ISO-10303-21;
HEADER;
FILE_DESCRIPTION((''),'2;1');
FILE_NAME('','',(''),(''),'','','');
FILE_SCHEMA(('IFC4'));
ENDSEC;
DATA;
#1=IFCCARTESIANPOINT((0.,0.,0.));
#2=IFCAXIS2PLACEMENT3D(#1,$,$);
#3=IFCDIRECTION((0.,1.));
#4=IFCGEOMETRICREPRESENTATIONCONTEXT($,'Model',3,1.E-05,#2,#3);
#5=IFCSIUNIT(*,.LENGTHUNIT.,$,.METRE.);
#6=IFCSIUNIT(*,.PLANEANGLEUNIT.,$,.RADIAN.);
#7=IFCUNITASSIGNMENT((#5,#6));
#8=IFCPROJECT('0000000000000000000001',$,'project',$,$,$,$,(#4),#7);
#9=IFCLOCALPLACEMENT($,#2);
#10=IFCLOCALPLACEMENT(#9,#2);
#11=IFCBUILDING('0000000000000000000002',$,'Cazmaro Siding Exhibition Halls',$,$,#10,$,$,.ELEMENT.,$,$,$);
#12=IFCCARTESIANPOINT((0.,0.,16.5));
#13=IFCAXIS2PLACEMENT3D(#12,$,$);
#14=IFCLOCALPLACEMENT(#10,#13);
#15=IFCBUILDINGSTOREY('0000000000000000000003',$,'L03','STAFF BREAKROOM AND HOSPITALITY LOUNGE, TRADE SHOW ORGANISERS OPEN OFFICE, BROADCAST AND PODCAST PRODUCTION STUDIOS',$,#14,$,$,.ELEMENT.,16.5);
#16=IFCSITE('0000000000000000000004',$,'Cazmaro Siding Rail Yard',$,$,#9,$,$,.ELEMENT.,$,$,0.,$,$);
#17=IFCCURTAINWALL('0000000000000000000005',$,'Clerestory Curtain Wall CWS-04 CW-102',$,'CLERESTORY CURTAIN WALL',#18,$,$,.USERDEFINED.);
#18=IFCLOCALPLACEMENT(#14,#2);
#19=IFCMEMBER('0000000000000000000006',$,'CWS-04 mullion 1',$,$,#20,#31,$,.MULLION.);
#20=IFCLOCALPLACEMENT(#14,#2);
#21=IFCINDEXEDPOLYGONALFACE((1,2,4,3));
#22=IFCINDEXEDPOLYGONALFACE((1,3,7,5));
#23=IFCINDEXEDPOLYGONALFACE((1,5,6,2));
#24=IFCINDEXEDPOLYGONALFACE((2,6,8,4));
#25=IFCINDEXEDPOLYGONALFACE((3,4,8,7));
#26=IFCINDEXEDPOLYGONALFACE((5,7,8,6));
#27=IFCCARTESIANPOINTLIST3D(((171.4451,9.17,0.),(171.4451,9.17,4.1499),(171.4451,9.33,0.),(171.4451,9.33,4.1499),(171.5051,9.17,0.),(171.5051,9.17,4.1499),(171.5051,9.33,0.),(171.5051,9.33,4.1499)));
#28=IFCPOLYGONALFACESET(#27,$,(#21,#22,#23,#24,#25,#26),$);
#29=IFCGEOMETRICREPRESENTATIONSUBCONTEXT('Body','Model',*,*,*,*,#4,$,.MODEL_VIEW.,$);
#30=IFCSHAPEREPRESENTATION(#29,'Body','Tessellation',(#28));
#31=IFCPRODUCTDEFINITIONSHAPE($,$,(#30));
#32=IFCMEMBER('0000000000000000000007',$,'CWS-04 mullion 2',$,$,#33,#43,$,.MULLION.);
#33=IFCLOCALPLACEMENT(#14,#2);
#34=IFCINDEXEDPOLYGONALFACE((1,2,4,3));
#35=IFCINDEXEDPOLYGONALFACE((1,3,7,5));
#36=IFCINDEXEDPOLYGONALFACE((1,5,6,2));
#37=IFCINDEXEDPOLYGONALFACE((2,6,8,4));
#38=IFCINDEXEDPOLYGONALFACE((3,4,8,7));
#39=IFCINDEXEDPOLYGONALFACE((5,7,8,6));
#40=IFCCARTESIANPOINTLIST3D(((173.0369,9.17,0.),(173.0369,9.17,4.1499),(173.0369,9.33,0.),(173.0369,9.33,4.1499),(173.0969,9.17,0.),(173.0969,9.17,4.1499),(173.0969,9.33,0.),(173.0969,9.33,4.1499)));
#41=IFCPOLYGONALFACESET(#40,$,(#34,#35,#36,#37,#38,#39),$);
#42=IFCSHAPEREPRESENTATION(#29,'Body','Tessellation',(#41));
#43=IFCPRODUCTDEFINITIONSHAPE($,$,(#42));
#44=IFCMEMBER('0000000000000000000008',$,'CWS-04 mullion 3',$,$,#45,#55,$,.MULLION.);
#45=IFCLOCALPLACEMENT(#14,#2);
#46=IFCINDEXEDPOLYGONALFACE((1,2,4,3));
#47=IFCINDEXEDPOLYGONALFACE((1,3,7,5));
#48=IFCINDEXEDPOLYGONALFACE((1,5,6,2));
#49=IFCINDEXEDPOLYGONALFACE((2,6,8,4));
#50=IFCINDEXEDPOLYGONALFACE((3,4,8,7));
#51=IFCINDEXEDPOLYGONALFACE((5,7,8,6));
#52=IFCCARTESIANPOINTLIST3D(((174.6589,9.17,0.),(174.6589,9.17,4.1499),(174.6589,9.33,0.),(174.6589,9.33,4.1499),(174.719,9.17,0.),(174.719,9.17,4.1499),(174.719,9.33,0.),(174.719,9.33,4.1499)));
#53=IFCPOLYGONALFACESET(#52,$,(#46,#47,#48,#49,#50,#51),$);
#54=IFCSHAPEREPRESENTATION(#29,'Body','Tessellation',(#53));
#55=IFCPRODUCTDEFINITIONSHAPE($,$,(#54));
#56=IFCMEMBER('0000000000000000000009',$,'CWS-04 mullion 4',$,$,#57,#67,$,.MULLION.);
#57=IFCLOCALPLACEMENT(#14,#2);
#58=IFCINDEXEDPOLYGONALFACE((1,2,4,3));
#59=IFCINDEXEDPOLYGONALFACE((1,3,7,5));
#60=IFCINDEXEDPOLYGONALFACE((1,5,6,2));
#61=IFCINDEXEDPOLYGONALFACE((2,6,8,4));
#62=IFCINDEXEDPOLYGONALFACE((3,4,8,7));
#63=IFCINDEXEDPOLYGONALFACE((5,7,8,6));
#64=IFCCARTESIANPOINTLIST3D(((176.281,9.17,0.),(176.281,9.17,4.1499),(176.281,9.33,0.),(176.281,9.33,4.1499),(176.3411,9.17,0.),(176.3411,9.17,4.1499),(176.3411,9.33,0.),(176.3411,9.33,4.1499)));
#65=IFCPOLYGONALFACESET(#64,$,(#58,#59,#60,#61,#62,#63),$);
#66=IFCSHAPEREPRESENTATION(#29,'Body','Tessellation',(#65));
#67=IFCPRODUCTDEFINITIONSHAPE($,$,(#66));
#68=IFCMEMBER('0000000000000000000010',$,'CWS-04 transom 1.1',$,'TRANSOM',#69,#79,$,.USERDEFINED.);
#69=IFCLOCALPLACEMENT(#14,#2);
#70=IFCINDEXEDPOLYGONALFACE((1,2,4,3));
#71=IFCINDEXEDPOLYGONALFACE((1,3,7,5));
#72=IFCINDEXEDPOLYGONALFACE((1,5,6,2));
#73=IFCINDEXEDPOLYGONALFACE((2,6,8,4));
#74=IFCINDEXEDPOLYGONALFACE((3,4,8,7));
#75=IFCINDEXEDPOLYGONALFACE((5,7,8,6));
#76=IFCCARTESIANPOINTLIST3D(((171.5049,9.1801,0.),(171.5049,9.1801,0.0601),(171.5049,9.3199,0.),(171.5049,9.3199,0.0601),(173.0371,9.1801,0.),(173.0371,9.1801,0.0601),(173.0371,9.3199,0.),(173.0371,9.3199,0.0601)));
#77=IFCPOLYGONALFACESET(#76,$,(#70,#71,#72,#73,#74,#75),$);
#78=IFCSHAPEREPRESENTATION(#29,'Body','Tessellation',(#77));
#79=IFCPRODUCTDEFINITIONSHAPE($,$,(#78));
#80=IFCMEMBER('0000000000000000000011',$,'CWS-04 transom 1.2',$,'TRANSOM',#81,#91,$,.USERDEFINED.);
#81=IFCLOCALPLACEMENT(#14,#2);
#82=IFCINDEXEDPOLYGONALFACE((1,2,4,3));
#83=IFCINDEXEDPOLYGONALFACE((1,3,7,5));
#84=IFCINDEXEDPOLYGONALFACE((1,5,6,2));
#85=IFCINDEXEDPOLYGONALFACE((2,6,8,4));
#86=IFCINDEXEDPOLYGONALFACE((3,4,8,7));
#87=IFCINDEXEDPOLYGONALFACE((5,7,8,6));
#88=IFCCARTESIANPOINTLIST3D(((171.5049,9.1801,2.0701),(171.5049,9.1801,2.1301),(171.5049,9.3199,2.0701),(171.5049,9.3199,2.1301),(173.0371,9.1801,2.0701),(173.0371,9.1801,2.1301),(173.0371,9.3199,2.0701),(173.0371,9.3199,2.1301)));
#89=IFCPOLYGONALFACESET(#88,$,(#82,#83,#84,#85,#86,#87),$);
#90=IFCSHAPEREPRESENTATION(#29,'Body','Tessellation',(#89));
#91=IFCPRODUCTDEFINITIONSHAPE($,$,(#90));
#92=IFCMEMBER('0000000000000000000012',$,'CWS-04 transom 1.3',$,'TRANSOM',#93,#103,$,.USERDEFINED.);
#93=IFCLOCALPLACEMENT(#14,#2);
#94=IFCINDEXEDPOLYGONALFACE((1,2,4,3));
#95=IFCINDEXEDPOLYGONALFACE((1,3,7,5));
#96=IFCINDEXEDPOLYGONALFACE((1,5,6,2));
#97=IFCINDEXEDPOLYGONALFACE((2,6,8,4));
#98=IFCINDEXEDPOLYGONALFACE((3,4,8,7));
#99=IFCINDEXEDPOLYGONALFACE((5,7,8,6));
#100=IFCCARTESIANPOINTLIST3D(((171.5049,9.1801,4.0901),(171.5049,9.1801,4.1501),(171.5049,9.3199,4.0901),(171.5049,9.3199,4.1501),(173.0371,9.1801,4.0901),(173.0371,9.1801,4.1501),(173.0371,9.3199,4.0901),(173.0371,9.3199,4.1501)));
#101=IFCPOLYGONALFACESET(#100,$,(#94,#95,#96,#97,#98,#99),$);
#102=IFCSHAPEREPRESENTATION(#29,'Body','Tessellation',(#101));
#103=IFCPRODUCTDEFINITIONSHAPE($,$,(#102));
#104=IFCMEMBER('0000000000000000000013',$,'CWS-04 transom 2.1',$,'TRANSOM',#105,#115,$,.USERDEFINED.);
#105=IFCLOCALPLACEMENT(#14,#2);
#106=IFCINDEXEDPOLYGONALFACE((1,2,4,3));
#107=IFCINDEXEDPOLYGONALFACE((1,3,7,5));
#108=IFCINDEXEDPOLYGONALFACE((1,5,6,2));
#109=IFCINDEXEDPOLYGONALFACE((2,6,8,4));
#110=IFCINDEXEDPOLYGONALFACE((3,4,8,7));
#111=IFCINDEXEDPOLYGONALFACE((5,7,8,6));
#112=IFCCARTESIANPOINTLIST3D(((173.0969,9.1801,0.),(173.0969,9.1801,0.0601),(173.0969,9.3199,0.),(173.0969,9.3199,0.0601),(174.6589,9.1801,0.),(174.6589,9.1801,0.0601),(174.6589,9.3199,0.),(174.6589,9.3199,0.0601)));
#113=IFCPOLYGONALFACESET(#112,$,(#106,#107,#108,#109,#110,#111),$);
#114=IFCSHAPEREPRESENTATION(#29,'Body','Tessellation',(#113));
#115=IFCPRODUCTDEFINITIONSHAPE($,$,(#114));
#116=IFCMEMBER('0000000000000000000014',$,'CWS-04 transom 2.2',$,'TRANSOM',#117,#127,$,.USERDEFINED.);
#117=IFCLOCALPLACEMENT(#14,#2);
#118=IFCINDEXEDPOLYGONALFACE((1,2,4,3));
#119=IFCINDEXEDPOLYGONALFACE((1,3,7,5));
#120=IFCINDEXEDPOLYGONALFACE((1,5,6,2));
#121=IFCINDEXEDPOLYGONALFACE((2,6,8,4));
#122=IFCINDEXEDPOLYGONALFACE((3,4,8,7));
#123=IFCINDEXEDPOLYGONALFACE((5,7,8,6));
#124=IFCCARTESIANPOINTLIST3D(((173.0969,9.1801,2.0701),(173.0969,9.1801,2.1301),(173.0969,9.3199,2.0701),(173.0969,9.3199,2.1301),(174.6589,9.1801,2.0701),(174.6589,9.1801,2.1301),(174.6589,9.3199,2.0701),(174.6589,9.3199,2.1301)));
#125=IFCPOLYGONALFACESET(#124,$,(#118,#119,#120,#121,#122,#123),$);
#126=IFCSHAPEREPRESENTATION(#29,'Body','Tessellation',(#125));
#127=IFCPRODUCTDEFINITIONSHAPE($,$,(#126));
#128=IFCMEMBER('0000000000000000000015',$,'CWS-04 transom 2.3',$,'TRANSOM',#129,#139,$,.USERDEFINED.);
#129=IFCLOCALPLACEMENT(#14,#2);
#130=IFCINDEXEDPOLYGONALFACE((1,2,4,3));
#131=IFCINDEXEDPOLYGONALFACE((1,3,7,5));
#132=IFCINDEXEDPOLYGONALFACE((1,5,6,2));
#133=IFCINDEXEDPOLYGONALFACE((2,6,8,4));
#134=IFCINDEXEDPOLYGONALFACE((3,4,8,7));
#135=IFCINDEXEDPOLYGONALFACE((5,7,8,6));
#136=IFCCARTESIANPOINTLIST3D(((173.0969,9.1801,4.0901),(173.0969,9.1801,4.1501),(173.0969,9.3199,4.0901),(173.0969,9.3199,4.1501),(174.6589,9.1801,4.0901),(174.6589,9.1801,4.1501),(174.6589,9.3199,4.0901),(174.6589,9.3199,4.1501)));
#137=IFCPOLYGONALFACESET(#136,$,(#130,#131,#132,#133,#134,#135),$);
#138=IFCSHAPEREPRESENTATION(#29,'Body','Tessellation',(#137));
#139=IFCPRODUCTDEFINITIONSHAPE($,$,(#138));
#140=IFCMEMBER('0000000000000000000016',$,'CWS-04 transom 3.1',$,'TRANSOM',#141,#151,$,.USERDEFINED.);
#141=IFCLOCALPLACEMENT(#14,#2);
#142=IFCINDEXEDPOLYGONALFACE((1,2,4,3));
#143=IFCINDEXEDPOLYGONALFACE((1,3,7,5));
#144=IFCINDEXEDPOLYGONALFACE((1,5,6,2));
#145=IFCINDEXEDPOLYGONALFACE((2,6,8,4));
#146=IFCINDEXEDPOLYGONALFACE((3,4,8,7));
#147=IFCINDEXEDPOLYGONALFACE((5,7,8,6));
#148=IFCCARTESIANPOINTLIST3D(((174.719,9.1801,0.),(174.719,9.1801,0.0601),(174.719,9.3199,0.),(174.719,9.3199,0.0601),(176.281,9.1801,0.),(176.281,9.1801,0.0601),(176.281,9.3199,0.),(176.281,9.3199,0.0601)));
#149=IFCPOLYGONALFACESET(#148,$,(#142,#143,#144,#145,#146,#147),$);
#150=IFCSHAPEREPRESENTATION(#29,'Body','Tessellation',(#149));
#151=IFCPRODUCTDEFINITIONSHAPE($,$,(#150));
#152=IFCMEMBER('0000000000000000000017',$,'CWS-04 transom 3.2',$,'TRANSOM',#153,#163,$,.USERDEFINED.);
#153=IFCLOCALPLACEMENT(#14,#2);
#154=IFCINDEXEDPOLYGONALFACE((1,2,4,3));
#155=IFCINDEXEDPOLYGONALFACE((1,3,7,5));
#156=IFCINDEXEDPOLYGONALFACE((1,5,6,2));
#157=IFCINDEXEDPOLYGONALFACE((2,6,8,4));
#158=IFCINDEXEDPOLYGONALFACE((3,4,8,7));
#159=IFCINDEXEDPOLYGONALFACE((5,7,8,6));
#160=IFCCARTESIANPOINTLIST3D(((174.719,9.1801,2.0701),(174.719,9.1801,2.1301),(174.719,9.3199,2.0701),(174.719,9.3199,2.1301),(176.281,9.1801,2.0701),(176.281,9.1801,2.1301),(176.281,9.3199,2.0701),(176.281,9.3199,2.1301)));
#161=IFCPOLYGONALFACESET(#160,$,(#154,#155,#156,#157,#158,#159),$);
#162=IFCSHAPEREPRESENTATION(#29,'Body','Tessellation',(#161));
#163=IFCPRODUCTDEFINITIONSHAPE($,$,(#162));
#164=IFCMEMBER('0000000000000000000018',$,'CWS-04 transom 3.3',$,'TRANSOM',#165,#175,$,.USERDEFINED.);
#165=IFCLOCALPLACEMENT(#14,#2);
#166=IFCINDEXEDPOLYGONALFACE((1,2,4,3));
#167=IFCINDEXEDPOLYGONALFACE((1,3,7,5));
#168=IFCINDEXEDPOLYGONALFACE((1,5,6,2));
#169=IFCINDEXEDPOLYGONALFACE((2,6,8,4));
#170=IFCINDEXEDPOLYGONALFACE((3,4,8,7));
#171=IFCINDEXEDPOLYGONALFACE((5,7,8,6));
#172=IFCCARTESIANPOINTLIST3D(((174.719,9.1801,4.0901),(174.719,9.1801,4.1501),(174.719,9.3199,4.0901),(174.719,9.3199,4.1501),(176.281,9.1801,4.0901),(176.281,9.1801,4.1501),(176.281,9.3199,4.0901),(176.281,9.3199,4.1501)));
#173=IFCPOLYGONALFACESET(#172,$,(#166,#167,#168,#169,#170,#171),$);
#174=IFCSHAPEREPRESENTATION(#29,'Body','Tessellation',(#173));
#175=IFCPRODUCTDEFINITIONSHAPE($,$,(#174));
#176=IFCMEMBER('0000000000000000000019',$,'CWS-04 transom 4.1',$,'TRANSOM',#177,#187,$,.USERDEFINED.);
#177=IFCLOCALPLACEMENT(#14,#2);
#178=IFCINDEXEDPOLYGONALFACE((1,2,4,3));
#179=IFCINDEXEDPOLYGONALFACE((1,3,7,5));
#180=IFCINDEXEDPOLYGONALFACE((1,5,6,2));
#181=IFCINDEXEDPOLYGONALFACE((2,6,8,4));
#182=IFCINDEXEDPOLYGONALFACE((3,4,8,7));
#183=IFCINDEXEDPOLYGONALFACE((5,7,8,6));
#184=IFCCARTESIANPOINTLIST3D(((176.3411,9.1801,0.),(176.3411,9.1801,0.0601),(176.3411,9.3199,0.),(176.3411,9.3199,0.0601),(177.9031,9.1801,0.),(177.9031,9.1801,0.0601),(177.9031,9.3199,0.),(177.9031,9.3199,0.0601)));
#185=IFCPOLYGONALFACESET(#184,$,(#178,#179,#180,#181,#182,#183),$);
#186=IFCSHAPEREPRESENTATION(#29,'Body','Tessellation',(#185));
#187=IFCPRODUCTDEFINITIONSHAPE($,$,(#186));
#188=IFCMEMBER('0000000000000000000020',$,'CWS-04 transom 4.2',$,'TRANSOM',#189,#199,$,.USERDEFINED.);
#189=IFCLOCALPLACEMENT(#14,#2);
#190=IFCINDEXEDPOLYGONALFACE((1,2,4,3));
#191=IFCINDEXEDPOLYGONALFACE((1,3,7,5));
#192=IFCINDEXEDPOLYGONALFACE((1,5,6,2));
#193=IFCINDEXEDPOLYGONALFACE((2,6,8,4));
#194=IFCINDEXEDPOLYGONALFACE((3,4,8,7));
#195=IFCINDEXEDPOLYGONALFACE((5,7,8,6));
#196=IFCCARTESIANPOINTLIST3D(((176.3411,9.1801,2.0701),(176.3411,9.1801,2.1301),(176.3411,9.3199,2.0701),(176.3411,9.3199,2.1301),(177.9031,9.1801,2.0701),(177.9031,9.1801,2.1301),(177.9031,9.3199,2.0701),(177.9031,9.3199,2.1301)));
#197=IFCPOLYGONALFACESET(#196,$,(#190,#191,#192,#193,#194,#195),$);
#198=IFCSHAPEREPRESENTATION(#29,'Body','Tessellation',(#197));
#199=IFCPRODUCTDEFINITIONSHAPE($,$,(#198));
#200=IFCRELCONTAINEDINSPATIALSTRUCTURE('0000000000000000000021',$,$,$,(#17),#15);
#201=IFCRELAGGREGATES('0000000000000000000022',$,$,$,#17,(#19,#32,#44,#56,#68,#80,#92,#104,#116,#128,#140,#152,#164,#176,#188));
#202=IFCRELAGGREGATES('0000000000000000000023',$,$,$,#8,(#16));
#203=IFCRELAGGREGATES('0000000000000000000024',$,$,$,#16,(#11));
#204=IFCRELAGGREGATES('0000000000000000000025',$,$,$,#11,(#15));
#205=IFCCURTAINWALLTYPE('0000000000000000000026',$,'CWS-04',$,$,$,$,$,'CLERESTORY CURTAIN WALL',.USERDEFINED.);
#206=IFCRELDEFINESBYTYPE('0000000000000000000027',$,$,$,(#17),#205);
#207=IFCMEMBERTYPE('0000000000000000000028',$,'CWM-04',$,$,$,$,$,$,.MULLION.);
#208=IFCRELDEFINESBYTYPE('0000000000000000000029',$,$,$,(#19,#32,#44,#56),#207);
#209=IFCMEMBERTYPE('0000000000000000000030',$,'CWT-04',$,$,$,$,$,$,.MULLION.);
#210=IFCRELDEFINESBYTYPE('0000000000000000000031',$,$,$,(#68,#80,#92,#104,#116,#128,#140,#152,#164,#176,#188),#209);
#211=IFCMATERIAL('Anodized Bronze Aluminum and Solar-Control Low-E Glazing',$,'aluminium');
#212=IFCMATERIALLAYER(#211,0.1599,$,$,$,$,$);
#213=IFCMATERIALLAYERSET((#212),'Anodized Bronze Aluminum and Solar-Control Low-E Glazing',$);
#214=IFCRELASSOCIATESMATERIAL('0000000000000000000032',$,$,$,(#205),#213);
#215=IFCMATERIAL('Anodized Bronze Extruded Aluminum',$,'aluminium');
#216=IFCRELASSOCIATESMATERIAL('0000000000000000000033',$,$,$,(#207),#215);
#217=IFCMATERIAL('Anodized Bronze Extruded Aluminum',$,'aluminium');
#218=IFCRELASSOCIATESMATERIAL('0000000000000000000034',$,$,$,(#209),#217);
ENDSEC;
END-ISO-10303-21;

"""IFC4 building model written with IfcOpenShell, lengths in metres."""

from ifc_helpers import new_model, si_unit, direction, frame, origin, origin_2d, place, context, subcontext, project, spatial, rectangle, extrude, material, layer, layer_set, material_profile, profile_set, type_object, element, aggregate, save


model = new_model("IFC4")

# Units and contexts
model_context = context("Model", 3, precision=1e-05, world=origin(), true_north=direction((0.0, 1.0)))
body_context = subcontext(model_context, "Body", "Model", "MODEL_VIEW")
ifc_project = project(units=[si_unit("LENGTHUNIT", "METRE"), si_unit("PLANEANGLEUNIT", "RADIAN")], contexts=[model_context])

# Site, building, storey
site_placement = place(None, origin())
site = spatial("IfcSite", under=ifc_project, at=site_placement, Name="Cazmaro Siding Rail Yard", CompositionType="ELEMENT", RefElevation=0.0)
building_placement = place(site_placement, origin())
building = spatial("IfcBuilding", under=site, at=building_placement, Name="Cazmaro Siding Exhibition Halls", CompositionType="ELEMENT")
storey_placement = place(building_placement, frame((0.0, 0.0, 16.5)))
storey = spatial("IfcBuildingStorey", under=building, at=storey_placement, Name="L03", Description="STAFF BREAKROOM AND HOSPITALITY LOUNGE, TRADE SHOW ORGANISERS OPEN OFFICE, BROADCAST AND PODCAST PRODUCTION STUDIOS", CompositionType="ELEMENT", Elevation=16.5)

# Curtain wall, members
ifc_material_1 = material(Name="Anodized Bronze Aluminum and Solar-Control Low-E Glazing", Category="aluminium")
ifc_layer_1 = layer(ifc_material_1, 0.1599)
ifc_layer_set_1 = layer_set([ifc_layer_1], Name="Anodized Bronze Aluminum and Solar-Control Low-E Glazing")
curtain_wall_type = type_object("IfcCurtainWallType", Name="CWS-04", ElementType="CLERESTORY CURTAIN WALL", PredefinedType="USERDEFINED", material=ifc_layer_set_1)
curtain_wall_placement = place(storey_placement, origin())
curtain_wall = element("IfcCurtainWall", 1, at=curtain_wall_placement, inside=storey, type_object=curtain_wall_type, Name="Clerestory Curtain Wall CWS-04 CW-102", ObjectType="CLERESTORY CURTAIN WALL", PredefinedType="USERDEFINED")
ifc_material_2 = material(Name="Anodized Bronze Extruded Aluminum", Category="aluminium")
ifc_material_profile_1 = material_profile(ifc_material_2, rectangle(XDim=0.1599, YDim=0.0601, at=origin_2d()), Name="CWM-04")
ifc_profile_set_1 = profile_set([ifc_material_profile_1], Name="Anodized Bronze Extruded Aluminum")
member_type_1 = type_object("IfcMemberType", Name="CWM-04", PredefinedType="MULLION", material=ifc_profile_set_1)
member_1_placement = place(storey_placement, frame((171.4751, 9.25, 0.0), z_axis=(0.0, 0.0, 1.0), x_axis=(0.0, 1.0, 0.0)))
member_1 = element("IfcMember", 2, at=member_1_placement, type_object=member_type_1, Name="CWS-04 mullion 1", PredefinedType="MULLION", context=body_context, shape_type="SweptSolid", body=[
    extrude(rectangle(XDim=0.1599, YDim=0.0601, at=origin_2d()), origin(), (0.0, 0.0, 1.0), 4.1499),
])
member_2_placement = place(storey_placement, frame((173.0669, 9.25, 0.0), z_axis=(0.0, 0.0, 1.0), x_axis=(0.0, 1.0, 0.0)))
member_2 = element("IfcMember", 3, at=member_2_placement, type_object=member_type_1, Name="CWS-04 mullion 2", PredefinedType="MULLION", context=body_context, shape_type="SweptSolid", body=[
    extrude(rectangle(XDim=0.1599, YDim=0.0601, at=origin_2d()), origin(), (0.0, 0.0, 1.0), 4.1499),
])
member_3_placement = place(storey_placement, frame((174.689, 9.25, 0.0), z_axis=(0.0, 0.0, 1.0), x_axis=(0.0, 1.0, 0.0)))
member_3 = element("IfcMember", 4, at=member_3_placement, type_object=member_type_1, Name="CWS-04 mullion 3", PredefinedType="MULLION", context=body_context, shape_type="SweptSolid", body=[
    extrude(rectangle(XDim=0.1599, YDim=0.0601, at=origin_2d()), origin(), (0.0, 0.0, 1.0), 4.1499),
])
member_4_placement = place(storey_placement, frame((176.311, 9.25, 0.0), z_axis=(0.0, 0.0, 1.0), x_axis=(0.0, 1.0, 0.0)))
member_4 = element("IfcMember", 5, at=member_4_placement, type_object=member_type_1, Name="CWS-04 mullion 4", PredefinedType="MULLION", context=body_context, shape_type="SweptSolid", body=[
    extrude(rectangle(XDim=0.1599, YDim=0.0601, at=origin_2d()), origin(), (0.0, 0.0, 1.0), 4.1499),
])
ifc_material_3 = material(Name="Anodized Bronze Extruded Aluminum", Category="aluminium")
ifc_material_profile_2 = material_profile(ifc_material_3, rectangle(XDim=0.1399, YDim=0.0601, at=origin_2d()), Name="CWT-04")
ifc_profile_set_2 = profile_set([ifc_material_profile_2], Name="Anodized Bronze Extruded Aluminum")
member_type_2 = type_object("IfcMemberType", Name="CWT-04", PredefinedType="MULLION", material=ifc_profile_set_2)
member_5_placement = place(storey_placement, frame((171.5049, 9.25, 0.03), z_axis=(1.0, 0.0, 0.0), x_axis=(0.0, 1.0, 0.0)))
member_5 = element("IfcMember", 6, at=member_5_placement, type_object=member_type_2, Name="CWS-04 transom 1.1", ObjectType="TRANSOM", PredefinedType="USERDEFINED", context=body_context, shape_type="SweptSolid", body=[
    extrude(rectangle(XDim=0.1399, YDim=0.0601, at=origin_2d()), origin(), (0.0, 0.0, 1.0), 1.5322),
])
member_6_placement = place(storey_placement, frame((171.5049, 9.25, 2.1001), z_axis=(1.0, 0.0, 0.0), x_axis=(0.0, 1.0, 0.0)))
member_6 = element("IfcMember", 7, at=member_6_placement, type_object=member_type_2, Name="CWS-04 transom 1.2", ObjectType="TRANSOM", PredefinedType="USERDEFINED", context=body_context, shape_type="SweptSolid", body=[
    extrude(rectangle(XDim=0.1399, YDim=0.0601, at=origin_2d()), origin(), (0.0, 0.0, 1.0), 1.5322),
])
member_7_placement = place(storey_placement, frame((171.5049, 9.25, 4.1201), z_axis=(1.0, 0.0, 0.0), x_axis=(0.0, 1.0, 0.0)))
member_7 = element("IfcMember", 8, at=member_7_placement, type_object=member_type_2, Name="CWS-04 transom 1.3", ObjectType="TRANSOM", PredefinedType="USERDEFINED", context=body_context, shape_type="SweptSolid", body=[
    extrude(rectangle(XDim=0.1399, YDim=0.0601, at=origin_2d()), origin(), (0.0, 0.0, 1.0), 1.5322),
])
member_8_placement = place(storey_placement, frame((173.0969, 9.25, 0.03), z_axis=(1.0, 0.0, 0.0), x_axis=(0.0, 1.0, 0.0)))
member_8 = element("IfcMember", 9, at=member_8_placement, type_object=member_type_2, Name="CWS-04 transom 2.1", ObjectType="TRANSOM", PredefinedType="USERDEFINED", context=body_context, shape_type="SweptSolid", body=[
    extrude(rectangle(XDim=0.1399, YDim=0.0601, at=origin_2d()), origin(), (0.0, 0.0, 1.0), 1.562),
])
member_9_placement = place(storey_placement, frame((173.0969, 9.25, 2.1001), z_axis=(1.0, 0.0, 0.0), x_axis=(0.0, 1.0, 0.0)))
member_9 = element("IfcMember", 10, at=member_9_placement, type_object=member_type_2, Name="CWS-04 transom 2.2", ObjectType="TRANSOM", PredefinedType="USERDEFINED", context=body_context, shape_type="SweptSolid", body=[
    extrude(rectangle(XDim=0.1399, YDim=0.0601, at=origin_2d()), origin(), (0.0, 0.0, 1.0), 1.562),
])
member_10_placement = place(storey_placement, frame((173.0969, 9.25, 4.1201), z_axis=(1.0, 0.0, 0.0), x_axis=(0.0, 1.0, 0.0)))
member_10 = element("IfcMember", 11, at=member_10_placement, type_object=member_type_2, Name="CWS-04 transom 2.3", ObjectType="TRANSOM", PredefinedType="USERDEFINED", context=body_context, shape_type="SweptSolid", body=[
    extrude(rectangle(XDim=0.1399, YDim=0.0601, at=origin_2d()), origin(), (0.0, 0.0, 1.0), 1.562),
])
member_11_placement = place(storey_placement, frame((174.719, 9.25, 0.03), z_axis=(1.0, 0.0, 0.0), x_axis=(0.0, 1.0, 0.0)))
member_11 = element("IfcMember", 12, at=member_11_placement, type_object=member_type_2, Name="CWS-04 transom 3.1", ObjectType="TRANSOM", PredefinedType="USERDEFINED", context=body_context, shape_type="SweptSolid", body=[
    extrude(rectangle(XDim=0.1399, YDim=0.0601, at=origin_2d()), origin(), (0.0, 0.0, 1.0), 1.562),
])
member_12_placement = place(storey_placement, frame((174.719, 9.25, 2.1001), z_axis=(1.0, 0.0, 0.0), x_axis=(0.0, 1.0, 0.0)))
member_12 = element("IfcMember", 13, at=member_12_placement, type_object=member_type_2, Name="CWS-04 transom 3.2", ObjectType="TRANSOM", PredefinedType="USERDEFINED", context=body_context, shape_type="SweptSolid", body=[
    extrude(rectangle(XDim=0.1399, YDim=0.0601, at=origin_2d()), origin(), (0.0, 0.0, 1.0), 1.562),
])
member_13_placement = place(storey_placement, frame((174.719, 9.25, 4.1201), z_axis=(1.0, 0.0, 0.0), x_axis=(0.0, 1.0, 0.0)))
member_13 = element("IfcMember", 14, at=member_13_placement, type_object=member_type_2, Name="CWS-04 transom 3.3", ObjectType="TRANSOM", PredefinedType="USERDEFINED", context=body_context, shape_type="SweptSolid", body=[
    extrude(rectangle(XDim=0.1399, YDim=0.0601, at=origin_2d()), origin(), (0.0, 0.0, 1.0), 1.562),
])
member_14_placement = place(storey_placement, frame((176.3411, 9.25, 0.03), z_axis=(1.0, 0.0, 0.0), x_axis=(0.0, 1.0, 0.0)))
member_14 = element("IfcMember", 15, at=member_14_placement, type_object=member_type_2, Name="CWS-04 transom 4.1", ObjectType="TRANSOM", PredefinedType="USERDEFINED", context=body_context, shape_type="SweptSolid", body=[
    extrude(rectangle(XDim=0.1399, YDim=0.0601, at=origin_2d()), origin(), (0.0, 0.0, 1.0), 1.562),
])
member_15_placement = place(storey_placement, frame((176.3411, 9.25, 2.1001), z_axis=(1.0, 0.0, 0.0), x_axis=(0.0, 1.0, 0.0)))
member_15 = element("IfcMember", 16, at=member_15_placement, type_object=member_type_2, Name="CWS-04 transom 4.2", ObjectType="TRANSOM", PredefinedType="USERDEFINED", context=body_context, shape_type="SweptSolid", body=[
    extrude(rectangle(XDim=0.1399, YDim=0.0601, at=origin_2d()), origin(), (0.0, 0.0, 1.0), 1.562),
])

aggregate(curtain_wall, [member_1, member_2, member_3, member_4, member_5, member_6, member_7, member_8, member_9, member_10, member_11, member_12, member_13, member_14, member_15])

save(model, "model.ifc")
